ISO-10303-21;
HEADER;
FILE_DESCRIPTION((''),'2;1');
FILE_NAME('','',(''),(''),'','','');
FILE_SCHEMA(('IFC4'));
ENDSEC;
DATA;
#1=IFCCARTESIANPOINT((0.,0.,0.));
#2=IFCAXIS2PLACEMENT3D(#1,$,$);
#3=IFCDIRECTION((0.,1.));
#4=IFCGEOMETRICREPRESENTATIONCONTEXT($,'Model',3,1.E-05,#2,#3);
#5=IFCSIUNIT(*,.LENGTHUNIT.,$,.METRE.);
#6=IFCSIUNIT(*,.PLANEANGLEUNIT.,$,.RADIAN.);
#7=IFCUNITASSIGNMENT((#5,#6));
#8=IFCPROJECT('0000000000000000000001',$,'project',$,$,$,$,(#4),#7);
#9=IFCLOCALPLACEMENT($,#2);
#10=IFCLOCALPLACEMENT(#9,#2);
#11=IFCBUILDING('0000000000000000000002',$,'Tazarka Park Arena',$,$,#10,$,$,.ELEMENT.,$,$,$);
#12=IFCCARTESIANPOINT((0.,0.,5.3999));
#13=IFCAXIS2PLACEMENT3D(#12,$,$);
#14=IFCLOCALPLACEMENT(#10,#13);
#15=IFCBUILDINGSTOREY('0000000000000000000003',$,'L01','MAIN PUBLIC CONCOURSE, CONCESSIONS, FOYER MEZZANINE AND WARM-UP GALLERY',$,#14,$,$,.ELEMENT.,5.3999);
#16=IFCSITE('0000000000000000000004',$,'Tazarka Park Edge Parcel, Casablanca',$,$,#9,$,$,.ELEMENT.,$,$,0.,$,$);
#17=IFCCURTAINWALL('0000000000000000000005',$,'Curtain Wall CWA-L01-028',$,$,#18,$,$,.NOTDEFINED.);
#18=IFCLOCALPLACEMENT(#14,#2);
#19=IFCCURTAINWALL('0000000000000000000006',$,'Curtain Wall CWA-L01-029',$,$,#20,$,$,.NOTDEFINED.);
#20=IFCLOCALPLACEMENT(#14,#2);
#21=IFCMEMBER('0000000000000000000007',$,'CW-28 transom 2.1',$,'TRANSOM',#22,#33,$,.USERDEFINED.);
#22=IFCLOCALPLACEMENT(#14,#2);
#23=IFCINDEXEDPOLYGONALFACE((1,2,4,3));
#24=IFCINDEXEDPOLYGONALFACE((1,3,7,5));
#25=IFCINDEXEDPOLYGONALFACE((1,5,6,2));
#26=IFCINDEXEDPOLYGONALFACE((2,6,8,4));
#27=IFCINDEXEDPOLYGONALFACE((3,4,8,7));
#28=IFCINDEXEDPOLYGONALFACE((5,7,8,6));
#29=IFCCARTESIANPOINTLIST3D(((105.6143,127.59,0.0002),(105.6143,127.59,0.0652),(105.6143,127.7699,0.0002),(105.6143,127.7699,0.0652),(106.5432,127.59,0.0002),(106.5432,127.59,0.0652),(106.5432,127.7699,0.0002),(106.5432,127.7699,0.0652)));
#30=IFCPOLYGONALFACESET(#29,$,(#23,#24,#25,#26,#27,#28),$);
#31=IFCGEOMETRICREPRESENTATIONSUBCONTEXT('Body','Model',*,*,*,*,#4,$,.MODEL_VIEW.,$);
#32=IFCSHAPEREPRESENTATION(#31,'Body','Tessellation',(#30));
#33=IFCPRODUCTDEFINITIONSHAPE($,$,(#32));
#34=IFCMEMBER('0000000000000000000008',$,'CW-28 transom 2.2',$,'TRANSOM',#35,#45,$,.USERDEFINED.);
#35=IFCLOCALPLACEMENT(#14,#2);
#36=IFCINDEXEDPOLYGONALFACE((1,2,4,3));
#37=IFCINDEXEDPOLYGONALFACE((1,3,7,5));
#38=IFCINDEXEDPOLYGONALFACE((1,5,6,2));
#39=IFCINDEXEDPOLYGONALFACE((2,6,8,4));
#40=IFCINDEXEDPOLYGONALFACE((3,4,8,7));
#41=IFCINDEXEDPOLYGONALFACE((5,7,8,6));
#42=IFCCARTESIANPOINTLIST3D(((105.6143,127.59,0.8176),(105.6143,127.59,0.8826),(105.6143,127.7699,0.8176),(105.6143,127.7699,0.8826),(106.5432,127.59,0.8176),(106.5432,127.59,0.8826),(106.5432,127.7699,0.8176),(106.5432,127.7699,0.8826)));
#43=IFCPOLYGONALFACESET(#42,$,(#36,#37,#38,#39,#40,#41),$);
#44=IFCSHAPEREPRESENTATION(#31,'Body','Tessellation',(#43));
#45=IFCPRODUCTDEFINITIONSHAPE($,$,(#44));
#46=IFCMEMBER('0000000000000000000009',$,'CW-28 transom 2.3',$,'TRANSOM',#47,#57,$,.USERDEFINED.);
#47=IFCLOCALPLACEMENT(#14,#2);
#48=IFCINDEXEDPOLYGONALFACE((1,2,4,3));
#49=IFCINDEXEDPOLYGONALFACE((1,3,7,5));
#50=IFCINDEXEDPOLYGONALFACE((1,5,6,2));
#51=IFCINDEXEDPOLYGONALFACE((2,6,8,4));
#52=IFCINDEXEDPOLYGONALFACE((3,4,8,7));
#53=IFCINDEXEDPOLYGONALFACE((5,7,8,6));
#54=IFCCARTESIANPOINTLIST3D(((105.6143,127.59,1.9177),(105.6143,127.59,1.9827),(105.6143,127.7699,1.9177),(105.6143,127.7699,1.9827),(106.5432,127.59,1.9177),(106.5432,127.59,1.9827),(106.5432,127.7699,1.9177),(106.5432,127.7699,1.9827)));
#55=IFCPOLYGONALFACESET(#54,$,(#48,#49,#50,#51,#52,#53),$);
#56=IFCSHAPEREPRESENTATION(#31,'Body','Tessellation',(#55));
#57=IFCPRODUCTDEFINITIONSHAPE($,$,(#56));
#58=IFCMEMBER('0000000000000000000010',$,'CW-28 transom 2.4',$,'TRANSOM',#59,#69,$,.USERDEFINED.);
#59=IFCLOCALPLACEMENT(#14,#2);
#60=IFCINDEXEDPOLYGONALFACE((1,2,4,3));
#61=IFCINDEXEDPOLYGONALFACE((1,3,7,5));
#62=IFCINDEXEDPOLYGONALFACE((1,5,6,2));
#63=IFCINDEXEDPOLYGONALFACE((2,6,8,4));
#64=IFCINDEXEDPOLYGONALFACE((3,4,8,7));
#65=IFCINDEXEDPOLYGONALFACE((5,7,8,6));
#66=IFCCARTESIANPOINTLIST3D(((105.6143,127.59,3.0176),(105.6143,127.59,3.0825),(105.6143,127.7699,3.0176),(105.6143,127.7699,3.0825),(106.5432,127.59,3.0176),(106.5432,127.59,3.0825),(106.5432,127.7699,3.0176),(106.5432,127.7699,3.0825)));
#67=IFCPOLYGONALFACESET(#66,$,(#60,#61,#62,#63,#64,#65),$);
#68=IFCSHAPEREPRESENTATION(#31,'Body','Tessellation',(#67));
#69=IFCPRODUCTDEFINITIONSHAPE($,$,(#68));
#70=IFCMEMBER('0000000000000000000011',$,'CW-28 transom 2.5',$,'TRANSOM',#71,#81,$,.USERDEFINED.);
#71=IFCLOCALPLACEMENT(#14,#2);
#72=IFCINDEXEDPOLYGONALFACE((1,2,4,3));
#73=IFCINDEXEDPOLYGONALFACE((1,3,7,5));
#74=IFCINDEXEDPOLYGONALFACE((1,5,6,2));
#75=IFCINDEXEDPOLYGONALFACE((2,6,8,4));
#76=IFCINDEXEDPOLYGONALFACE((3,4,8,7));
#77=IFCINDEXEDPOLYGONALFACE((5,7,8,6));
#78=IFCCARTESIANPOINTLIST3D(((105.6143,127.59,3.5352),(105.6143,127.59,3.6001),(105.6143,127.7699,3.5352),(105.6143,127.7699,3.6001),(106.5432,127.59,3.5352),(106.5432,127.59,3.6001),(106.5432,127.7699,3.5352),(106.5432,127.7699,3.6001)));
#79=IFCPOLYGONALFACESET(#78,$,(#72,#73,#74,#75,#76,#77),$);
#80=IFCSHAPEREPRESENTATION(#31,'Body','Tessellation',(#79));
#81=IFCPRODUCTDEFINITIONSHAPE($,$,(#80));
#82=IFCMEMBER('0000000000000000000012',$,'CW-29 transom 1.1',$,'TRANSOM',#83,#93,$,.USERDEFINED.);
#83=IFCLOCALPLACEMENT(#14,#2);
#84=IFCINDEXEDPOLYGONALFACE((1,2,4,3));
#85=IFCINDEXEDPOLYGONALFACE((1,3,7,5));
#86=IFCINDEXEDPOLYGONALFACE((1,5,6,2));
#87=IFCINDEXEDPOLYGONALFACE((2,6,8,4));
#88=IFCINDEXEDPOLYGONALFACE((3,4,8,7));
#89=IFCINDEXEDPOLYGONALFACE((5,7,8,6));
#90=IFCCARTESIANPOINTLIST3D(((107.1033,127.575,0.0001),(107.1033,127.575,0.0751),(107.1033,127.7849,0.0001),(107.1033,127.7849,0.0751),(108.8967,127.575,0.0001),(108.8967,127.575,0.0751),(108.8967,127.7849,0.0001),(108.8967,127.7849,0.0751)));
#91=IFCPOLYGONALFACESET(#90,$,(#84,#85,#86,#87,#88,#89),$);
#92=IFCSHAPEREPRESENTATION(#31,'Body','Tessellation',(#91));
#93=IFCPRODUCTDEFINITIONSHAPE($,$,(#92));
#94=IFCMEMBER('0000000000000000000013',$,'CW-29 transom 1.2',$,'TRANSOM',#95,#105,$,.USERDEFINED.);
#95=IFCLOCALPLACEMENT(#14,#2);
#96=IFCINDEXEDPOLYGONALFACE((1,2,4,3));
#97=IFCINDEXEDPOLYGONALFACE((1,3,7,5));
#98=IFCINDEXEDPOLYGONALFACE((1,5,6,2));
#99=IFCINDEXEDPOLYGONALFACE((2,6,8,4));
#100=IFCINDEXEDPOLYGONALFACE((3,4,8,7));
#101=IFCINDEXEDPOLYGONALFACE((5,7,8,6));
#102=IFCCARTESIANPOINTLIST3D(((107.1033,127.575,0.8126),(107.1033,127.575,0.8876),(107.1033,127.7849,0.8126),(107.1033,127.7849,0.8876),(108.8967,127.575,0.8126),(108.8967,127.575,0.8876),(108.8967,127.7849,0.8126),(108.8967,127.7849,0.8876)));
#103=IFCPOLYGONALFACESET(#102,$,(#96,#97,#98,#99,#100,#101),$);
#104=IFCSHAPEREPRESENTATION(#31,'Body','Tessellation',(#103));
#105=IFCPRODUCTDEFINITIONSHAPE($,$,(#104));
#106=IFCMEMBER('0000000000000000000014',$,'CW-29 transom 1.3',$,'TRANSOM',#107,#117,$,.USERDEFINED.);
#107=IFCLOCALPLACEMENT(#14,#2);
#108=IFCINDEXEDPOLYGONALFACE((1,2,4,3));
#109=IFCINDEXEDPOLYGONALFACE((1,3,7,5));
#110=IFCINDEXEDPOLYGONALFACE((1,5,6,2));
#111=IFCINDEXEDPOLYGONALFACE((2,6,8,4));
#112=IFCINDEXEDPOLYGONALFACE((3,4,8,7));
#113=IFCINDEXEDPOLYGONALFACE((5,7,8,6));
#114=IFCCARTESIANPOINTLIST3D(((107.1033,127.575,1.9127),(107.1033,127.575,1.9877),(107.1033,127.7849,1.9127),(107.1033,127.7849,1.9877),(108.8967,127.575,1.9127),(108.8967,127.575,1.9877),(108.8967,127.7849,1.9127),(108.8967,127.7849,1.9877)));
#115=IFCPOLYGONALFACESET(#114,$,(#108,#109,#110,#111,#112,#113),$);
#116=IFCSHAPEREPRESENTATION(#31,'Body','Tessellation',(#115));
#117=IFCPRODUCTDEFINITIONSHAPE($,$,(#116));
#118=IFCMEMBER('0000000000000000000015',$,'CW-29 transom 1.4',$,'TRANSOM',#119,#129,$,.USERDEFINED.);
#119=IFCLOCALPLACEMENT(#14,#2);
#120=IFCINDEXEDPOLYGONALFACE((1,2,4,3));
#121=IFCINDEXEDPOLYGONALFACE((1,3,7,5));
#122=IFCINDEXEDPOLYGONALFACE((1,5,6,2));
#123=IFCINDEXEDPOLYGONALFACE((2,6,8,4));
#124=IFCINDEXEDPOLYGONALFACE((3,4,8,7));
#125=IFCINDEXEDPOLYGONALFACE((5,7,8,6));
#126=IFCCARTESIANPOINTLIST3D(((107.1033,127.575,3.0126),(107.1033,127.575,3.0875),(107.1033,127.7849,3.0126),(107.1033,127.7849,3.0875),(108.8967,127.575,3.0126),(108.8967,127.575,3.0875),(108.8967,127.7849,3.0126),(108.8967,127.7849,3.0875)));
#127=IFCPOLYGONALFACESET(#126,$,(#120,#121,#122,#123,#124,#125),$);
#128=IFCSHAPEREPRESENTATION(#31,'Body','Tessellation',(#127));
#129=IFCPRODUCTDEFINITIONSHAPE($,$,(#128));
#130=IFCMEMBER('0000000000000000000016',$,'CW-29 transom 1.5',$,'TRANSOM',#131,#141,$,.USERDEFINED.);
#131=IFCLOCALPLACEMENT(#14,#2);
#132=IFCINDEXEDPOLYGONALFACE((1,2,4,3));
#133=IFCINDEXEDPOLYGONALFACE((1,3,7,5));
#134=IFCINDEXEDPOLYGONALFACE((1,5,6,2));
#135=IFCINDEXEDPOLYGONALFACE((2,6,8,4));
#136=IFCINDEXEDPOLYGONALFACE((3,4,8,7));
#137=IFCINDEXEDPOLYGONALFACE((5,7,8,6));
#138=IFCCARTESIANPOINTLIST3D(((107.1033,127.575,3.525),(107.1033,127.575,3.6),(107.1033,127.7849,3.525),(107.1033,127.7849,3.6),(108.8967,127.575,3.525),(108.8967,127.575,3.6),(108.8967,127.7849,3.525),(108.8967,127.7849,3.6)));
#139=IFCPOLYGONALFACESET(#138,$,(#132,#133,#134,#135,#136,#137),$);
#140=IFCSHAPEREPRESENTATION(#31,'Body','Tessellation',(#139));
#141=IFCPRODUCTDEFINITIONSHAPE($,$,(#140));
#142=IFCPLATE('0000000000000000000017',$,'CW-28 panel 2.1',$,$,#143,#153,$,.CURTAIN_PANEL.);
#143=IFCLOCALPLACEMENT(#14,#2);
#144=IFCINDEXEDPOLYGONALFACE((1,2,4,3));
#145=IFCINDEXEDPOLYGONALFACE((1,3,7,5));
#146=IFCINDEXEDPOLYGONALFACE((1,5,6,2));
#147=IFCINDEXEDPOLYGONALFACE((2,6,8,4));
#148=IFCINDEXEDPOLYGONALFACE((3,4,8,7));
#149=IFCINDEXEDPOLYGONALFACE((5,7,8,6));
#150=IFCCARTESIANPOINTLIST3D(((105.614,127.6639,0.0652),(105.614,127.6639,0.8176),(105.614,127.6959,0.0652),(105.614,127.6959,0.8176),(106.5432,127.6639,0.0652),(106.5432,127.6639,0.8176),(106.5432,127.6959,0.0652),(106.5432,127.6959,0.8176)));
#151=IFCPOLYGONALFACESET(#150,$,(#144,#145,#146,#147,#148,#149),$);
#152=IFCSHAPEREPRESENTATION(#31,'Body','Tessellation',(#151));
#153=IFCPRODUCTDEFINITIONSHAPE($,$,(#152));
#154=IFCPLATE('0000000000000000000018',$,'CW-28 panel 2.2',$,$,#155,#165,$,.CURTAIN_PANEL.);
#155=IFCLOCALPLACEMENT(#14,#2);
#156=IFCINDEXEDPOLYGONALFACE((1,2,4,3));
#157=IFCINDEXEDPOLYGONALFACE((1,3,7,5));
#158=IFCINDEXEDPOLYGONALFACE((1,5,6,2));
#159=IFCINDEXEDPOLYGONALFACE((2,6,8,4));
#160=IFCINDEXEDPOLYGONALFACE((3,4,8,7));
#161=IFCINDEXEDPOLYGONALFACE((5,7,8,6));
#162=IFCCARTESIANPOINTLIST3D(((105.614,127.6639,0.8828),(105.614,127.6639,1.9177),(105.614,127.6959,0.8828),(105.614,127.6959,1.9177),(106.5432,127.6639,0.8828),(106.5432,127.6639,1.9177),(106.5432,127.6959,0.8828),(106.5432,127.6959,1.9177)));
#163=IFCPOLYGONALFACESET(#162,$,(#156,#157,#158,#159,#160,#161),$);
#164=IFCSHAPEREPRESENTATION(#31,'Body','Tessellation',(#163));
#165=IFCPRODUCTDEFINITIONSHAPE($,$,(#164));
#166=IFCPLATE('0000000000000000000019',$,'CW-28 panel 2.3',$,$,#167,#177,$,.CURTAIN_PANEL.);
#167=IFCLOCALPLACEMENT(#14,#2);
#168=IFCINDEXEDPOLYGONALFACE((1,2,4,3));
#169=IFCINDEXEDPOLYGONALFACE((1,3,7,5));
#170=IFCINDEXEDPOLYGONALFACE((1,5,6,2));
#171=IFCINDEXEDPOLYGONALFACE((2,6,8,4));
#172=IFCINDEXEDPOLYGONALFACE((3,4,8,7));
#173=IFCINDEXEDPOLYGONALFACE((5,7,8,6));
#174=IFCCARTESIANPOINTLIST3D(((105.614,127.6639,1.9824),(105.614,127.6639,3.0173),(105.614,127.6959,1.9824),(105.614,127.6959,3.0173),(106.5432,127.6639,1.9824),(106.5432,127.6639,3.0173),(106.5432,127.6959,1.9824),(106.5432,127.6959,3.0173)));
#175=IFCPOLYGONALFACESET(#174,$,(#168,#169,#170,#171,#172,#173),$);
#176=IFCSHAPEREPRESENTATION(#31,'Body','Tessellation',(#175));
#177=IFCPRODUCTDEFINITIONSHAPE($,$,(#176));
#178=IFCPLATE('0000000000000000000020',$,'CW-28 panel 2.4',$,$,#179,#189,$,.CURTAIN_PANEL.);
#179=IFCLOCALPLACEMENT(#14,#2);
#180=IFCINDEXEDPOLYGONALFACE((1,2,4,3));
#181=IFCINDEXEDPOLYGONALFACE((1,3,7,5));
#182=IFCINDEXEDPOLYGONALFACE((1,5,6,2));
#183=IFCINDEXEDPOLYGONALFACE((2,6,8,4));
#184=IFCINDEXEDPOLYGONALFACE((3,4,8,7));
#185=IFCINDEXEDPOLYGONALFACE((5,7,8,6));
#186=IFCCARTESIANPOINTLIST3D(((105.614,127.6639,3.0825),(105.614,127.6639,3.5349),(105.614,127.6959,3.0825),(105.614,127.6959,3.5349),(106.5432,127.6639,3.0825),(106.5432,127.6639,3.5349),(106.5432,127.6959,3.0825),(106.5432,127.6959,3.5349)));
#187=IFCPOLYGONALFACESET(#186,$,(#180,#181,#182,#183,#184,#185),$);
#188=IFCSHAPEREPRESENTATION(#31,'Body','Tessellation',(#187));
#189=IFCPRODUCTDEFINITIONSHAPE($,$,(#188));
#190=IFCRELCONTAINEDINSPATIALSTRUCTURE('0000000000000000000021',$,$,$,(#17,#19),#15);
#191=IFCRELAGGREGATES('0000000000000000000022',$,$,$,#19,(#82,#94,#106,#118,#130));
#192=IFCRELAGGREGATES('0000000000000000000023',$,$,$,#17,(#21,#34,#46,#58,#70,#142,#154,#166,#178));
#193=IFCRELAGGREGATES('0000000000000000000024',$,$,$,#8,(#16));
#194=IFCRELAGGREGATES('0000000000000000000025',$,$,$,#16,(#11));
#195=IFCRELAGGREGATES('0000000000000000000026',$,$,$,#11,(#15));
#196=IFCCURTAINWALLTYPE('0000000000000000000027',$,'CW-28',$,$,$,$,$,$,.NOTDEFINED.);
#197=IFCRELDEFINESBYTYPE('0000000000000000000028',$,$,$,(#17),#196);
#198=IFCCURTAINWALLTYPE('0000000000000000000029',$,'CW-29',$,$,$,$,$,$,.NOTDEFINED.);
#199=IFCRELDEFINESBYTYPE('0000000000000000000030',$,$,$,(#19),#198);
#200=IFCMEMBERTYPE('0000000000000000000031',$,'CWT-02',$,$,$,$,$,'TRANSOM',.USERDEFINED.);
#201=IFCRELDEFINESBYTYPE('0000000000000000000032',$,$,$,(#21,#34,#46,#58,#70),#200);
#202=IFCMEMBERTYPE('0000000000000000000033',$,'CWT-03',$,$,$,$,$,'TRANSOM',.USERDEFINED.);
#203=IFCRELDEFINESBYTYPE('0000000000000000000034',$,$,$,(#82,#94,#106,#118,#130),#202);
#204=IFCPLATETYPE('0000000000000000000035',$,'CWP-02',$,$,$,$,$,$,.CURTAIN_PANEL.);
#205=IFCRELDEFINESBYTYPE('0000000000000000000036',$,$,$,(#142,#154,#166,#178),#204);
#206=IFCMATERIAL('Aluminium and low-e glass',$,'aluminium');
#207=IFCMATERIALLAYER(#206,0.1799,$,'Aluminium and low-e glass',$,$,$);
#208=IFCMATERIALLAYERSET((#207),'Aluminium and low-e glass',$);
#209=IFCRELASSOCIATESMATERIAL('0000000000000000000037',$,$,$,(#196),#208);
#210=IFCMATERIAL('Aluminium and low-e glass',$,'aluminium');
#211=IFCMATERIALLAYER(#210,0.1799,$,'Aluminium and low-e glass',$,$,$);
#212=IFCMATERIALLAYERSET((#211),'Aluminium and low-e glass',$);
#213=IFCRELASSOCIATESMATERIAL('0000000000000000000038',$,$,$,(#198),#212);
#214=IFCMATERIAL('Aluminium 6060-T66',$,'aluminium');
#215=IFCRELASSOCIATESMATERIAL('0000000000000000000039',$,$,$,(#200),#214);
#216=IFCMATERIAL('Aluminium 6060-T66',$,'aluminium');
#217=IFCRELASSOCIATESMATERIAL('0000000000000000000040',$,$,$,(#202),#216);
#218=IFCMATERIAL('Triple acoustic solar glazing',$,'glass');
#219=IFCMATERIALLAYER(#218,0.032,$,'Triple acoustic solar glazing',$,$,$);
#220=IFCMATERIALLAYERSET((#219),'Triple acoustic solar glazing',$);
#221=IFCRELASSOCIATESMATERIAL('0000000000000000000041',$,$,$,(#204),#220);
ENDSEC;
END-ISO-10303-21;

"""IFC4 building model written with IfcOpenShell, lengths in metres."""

from ifc_helpers import new_model, si_unit, direction, frame, origin, origin_2d, place, context, subcontext, project, spatial, rectangle, extrude, material, layer, layer_set, material_profile, profile_set, type_object, element, aggregate, save


model = new_model("IFC4")

# Units and contexts
model_context = context("Model", 3, precision=1e-05, world=origin(), true_north=direction((0.0, 1.0)))
body_context = subcontext(model_context, "Body", "Model", "MODEL_VIEW")
ifc_project = project(units=[si_unit("LENGTHUNIT", "METRE"), si_unit("PLANEANGLEUNIT", "RADIAN")], contexts=[model_context])

# Site, building, storey
site_placement = place(None, origin())
site = spatial("IfcSite", under=ifc_project, at=site_placement, Name="Tazarka Park Edge Parcel, Casablanca", CompositionType="ELEMENT", RefElevation=0.0)
building_placement = place(site_placement, origin())
building = spatial("IfcBuilding", under=site, at=building_placement, Name="Tazarka Park Arena", CompositionType="ELEMENT")
storey_placement = place(building_placement, frame((0.0, 0.0, 5.3999)))
storey = spatial("IfcBuildingStorey", under=building, at=storey_placement, Name="L01", Description="MAIN PUBLIC CONCOURSE, CONCESSIONS, FOYER MEZZANINE AND WARM-UP GALLERY", CompositionType="ELEMENT", Elevation=5.3999)

# Curtain walls
ifc_material_1 = material(Name="Aluminium and low-e glass", Category="aluminium")
ifc_layer_1 = layer(ifc_material_1, 0.1799, Name="Aluminium and low-e glass")
ifc_layer_set_1 = layer_set([ifc_layer_1], Name="Aluminium and low-e glass")
curtain_wall_type_1 = type_object("IfcCurtainWallType", Name="CW-28", PredefinedType="NOTDEFINED", material=ifc_layer_set_1)
curtain_wall_1_placement = place(storey_placement, origin())
curtain_wall_1 = element("IfcCurtainWall", 1, at=curtain_wall_1_placement, inside=storey, type_object=curtain_wall_type_1, Name="Curtain Wall CWA-L01-028", PredefinedType="NOTDEFINED")
ifc_material_2 = material(Name="Aluminium and low-e glass", Category="aluminium")
ifc_layer_2 = layer(ifc_material_2, 0.1799, Name="Aluminium and low-e glass")
ifc_layer_set_2 = layer_set([ifc_layer_2], Name="Aluminium and low-e glass")
curtain_wall_type_2 = type_object("IfcCurtainWallType", Name="CW-29", PredefinedType="NOTDEFINED", material=ifc_layer_set_2)
curtain_wall_2_placement = place(storey_placement, origin())
curtain_wall_2 = element("IfcCurtainWall", 2, at=curtain_wall_2_placement, inside=storey, type_object=curtain_wall_type_2, Name="Curtain Wall CWA-L01-029", PredefinedType="NOTDEFINED")

# Members
ifc_material_3 = material(Name="Aluminium 6060-T66", Category="aluminium")
ifc_material_profile_1 = material_profile(ifc_material_3, rectangle(XDim=0.1799, YDim=0.0649, at=origin_2d()), Name="Aluminium 6060-T66")
ifc_profile_set_1 = profile_set([ifc_material_profile_1], Name="Aluminium 6060-T66")
member_type_1 = type_object("IfcMemberType", Name="CWT-02", ElementType="TRANSOM", PredefinedType="USERDEFINED", material=ifc_profile_set_1)
member_1_placement = place(storey_placement, frame((105.6143, 127.6799, 0.0327), z_axis=(1.0, 0.0, 0.0), x_axis=(0.0, 1.0, 0.0)))
member_1 = element("IfcMember", 3, at=member_1_placement, type_object=member_type_1, Name="CW-28 transom 2.1", ObjectType="TRANSOM", PredefinedType="USERDEFINED", context=body_context, shape_type="SweptSolid", body=[
    extrude(rectangle(XDim=0.1799, YDim=0.0649, at=origin_2d()), origin(), (0.0, 0.0, 1.0), 0.929),
])
member_2_placement = place(storey_placement, frame((105.6143, 127.6799, 0.8501), z_axis=(1.0, 0.0, 0.0), x_axis=(0.0, 1.0, 0.0)))
member_2 = element("IfcMember", 4, at=member_2_placement, type_object=member_type_1, Name="CW-28 transom 2.2", ObjectType="TRANSOM", PredefinedType="USERDEFINED", context=body_context, shape_type="SweptSolid", body=[
    extrude(rectangle(XDim=0.1799, YDim=0.0649, at=origin_2d()), origin(), (0.0, 0.0, 1.0), 0.929),
])
member_3_placement = place(storey_placement, frame((105.6143, 127.6799, 1.9502), z_axis=(1.0, 0.0, 0.0), x_axis=(0.0, 1.0, 0.0)))
member_3 = element("IfcMember", 5, at=member_3_placement, type_object=member_type_1, Name="CW-28 transom 2.3", ObjectType="TRANSOM", PredefinedType="USERDEFINED", context=body_context, shape_type="SweptSolid", body=[
    extrude(rectangle(XDim=0.1799, YDim=0.0649, at=origin_2d()), origin(), (0.0, 0.0, 1.0), 0.929),
])
member_4_placement = place(storey_placement, frame((105.6143, 127.6799, 3.05), z_axis=(1.0, 0.0, 0.0), x_axis=(0.0, 1.0, 0.0)))
member_4 = element("IfcMember", 6, at=member_4_placement, type_object=member_type_1, Name="CW-28 transom 2.4", ObjectType="TRANSOM", PredefinedType="USERDEFINED", context=body_context, shape_type="SweptSolid", body=[
    extrude(rectangle(XDim=0.1799, YDim=0.0649, at=origin_2d()), origin(), (0.0, 0.0, 1.0), 0.929),
])
member_5_placement = place(storey_placement, frame((105.6143, 127.6799, 3.5676), z_axis=(1.0, 0.0, 0.0), x_axis=(0.0, 1.0, 0.0)))
member_5 = element("IfcMember", 7, at=member_5_placement, type_object=member_type_1, Name="CW-28 transom 2.5", ObjectType="TRANSOM", PredefinedType="USERDEFINED", context=body_context, shape_type="SweptSolid", body=[
    extrude(rectangle(XDim=0.1799, YDim=0.0649, at=origin_2d()), origin(), (0.0, 0.0, 1.0), 0.929),
])
ifc_material_4 = material(Name="Aluminium 6060-T66", Category="aluminium")
ifc_material_profile_2 = material_profile(ifc_material_4, rectangle(XDim=0.21, YDim=0.075, at=origin_2d()), Name="Aluminium 6060-T66")
ifc_profile_set_2 = profile_set([ifc_material_profile_2], Name="Aluminium 6060-T66")
member_type_2 = type_object("IfcMemberType", Name="CWT-03", ElementType="TRANSOM", PredefinedType="USERDEFINED", material=ifc_profile_set_2)
member_6_placement = place(storey_placement, frame((107.1033, 127.6799, 0.0376), z_axis=(1.0, 0.0, 0.0), x_axis=(0.0, 1.0, 0.0)))
member_6 = element("IfcMember", 8, at=member_6_placement, type_object=member_type_2, Name="CW-29 transom 1.1", ObjectType="TRANSOM", PredefinedType="USERDEFINED", context=body_context, shape_type="SweptSolid", body=[
    extrude(rectangle(XDim=0.21, YDim=0.075, at=origin_2d()), origin(), (0.0, 0.0, 1.0), 1.7935),
])
member_7_placement = place(storey_placement, frame((107.1033, 127.6799, 0.8501), z_axis=(1.0, 0.0, 0.0), x_axis=(0.0, 1.0, 0.0)))
member_7 = element("IfcMember", 9, at=member_7_placement, type_object=member_type_2, Name="CW-29 transom 1.2", ObjectType="TRANSOM", PredefinedType="USERDEFINED", context=body_context, shape_type="SweptSolid", body=[
    extrude(rectangle(XDim=0.21, YDim=0.075, at=origin_2d()), origin(), (0.0, 0.0, 1.0), 1.7935),
])
member_8_placement = place(storey_placement, frame((107.1033, 127.6799, 1.9502), z_axis=(1.0, 0.0, 0.0), x_axis=(0.0, 1.0, 0.0)))
member_8 = element("IfcMember", 10, at=member_8_placement, type_object=member_type_2, Name="CW-29 transom 1.3", ObjectType="TRANSOM", PredefinedType="USERDEFINED", context=body_context, shape_type="SweptSolid", body=[
    extrude(rectangle(XDim=0.21, YDim=0.075, at=origin_2d()), origin(), (0.0, 0.0, 1.0), 1.7935),
])
member_9_placement = place(storey_placement, frame((107.1033, 127.6799, 3.05), z_axis=(1.0, 0.0, 0.0), x_axis=(0.0, 1.0, 0.0)))
member_9 = element("IfcMember", 11, at=member_9_placement, type_object=member_type_2, Name="CW-29 transom 1.4", ObjectType="TRANSOM", PredefinedType="USERDEFINED", context=body_context, shape_type="SweptSolid", body=[
    extrude(rectangle(XDim=0.21, YDim=0.075, at=origin_2d()), origin(), (0.0, 0.0, 1.0), 1.7935),
])
member_10_placement = place(storey_placement, frame((107.1033, 127.6799, 3.5625), z_axis=(1.0, 0.0, 0.0), x_axis=(0.0, 1.0, 0.0)))
member_10 = element("IfcMember", 12, at=member_10_placement, type_object=member_type_2, Name="CW-29 transom 1.5", ObjectType="TRANSOM", PredefinedType="USERDEFINED", context=body_context, shape_type="SweptSolid", body=[
    extrude(rectangle(XDim=0.21, YDim=0.075, at=origin_2d()), origin(), (0.0, 0.0, 1.0), 1.7935),
])
aggregate(curtain_wall_2, [member_6, member_7, member_8, member_9, member_10])

# Plates
ifc_material_5 = material(Name="Triple acoustic solar glazing", Category="glass")
ifc_layer_3 = layer(ifc_material_5, 0.032, Name="Triple acoustic solar glazing")
ifc_layer_set_3 = layer_set([ifc_layer_3], Name="Triple acoustic solar glazing")
plate_type = type_object("IfcPlateType", Name="CWP-02", PredefinedType="CURTAIN_PANEL", material=ifc_layer_set_3)
plate_1_placement = place(storey_placement, frame((106.0786, 127.6799, 0.0652), z_axis=(0.0, 0.0, 1.0), x_axis=(1.0, 0.0, 0.0)))
plate_1 = element("IfcPlate", 13, at=plate_1_placement, type_object=plate_type, Name="CW-28 panel 2.1", PredefinedType="CURTAIN_PANEL", context=body_context, shape_type="SweptSolid", body=[
    extrude(rectangle(XDim=0.9292, YDim=0.032, at=origin_2d()), origin(), (0.0, 0.0, 1.0), 0.7524),
])
plate_2_placement = place(storey_placement, frame((106.0786, 127.6799, 0.8828), z_axis=(0.0, 0.0, 1.0), x_axis=(1.0, 0.0, 0.0)))
plate_2 = element("IfcPlate", 14, at=plate_2_placement, type_object=plate_type, Name="CW-28 panel 2.2", PredefinedType="CURTAIN_PANEL", context=body_context, shape_type="SweptSolid", body=[
    extrude(rectangle(XDim=0.9292, YDim=0.032, at=origin_2d()), origin(), (0.0, 0.0, 1.0), 1.0349),
])
plate_3_placement = place(storey_placement, frame((106.0786, 127.6799, 1.9824), z_axis=(0.0, 0.0, 1.0), x_axis=(1.0, 0.0, 0.0)))
plate_3 = element("IfcPlate", 15, at=plate_3_placement, type_object=plate_type, Name="CW-28 panel 2.3", PredefinedType="CURTAIN_PANEL", context=body_context, shape_type="SweptSolid", body=[
    extrude(rectangle(XDim=0.9292, YDim=0.032, at=origin_2d()), origin(), (0.0, 0.0, 1.0), 1.0349),
])
plate_4_placement = place(storey_placement, frame((106.0786, 127.6799, 3.0825), z_axis=(0.0, 0.0, 1.0), x_axis=(1.0, 0.0, 0.0)))
plate_4 = element("IfcPlate", 16, at=plate_4_placement, type_object=plate_type, Name="CW-28 panel 2.4", PredefinedType="CURTAIN_PANEL", context=body_context, shape_type="SweptSolid", body=[
    extrude(rectangle(XDim=0.9292, YDim=0.032, at=origin_2d()), origin(), (0.0, 0.0, 1.0), 0.4524),
])
aggregate(curtain_wall_1, [member_1, member_2, member_3, member_4, member_5, plate_1, plate_2, plate_3, plate_4])

save(model, "model.ifc")
